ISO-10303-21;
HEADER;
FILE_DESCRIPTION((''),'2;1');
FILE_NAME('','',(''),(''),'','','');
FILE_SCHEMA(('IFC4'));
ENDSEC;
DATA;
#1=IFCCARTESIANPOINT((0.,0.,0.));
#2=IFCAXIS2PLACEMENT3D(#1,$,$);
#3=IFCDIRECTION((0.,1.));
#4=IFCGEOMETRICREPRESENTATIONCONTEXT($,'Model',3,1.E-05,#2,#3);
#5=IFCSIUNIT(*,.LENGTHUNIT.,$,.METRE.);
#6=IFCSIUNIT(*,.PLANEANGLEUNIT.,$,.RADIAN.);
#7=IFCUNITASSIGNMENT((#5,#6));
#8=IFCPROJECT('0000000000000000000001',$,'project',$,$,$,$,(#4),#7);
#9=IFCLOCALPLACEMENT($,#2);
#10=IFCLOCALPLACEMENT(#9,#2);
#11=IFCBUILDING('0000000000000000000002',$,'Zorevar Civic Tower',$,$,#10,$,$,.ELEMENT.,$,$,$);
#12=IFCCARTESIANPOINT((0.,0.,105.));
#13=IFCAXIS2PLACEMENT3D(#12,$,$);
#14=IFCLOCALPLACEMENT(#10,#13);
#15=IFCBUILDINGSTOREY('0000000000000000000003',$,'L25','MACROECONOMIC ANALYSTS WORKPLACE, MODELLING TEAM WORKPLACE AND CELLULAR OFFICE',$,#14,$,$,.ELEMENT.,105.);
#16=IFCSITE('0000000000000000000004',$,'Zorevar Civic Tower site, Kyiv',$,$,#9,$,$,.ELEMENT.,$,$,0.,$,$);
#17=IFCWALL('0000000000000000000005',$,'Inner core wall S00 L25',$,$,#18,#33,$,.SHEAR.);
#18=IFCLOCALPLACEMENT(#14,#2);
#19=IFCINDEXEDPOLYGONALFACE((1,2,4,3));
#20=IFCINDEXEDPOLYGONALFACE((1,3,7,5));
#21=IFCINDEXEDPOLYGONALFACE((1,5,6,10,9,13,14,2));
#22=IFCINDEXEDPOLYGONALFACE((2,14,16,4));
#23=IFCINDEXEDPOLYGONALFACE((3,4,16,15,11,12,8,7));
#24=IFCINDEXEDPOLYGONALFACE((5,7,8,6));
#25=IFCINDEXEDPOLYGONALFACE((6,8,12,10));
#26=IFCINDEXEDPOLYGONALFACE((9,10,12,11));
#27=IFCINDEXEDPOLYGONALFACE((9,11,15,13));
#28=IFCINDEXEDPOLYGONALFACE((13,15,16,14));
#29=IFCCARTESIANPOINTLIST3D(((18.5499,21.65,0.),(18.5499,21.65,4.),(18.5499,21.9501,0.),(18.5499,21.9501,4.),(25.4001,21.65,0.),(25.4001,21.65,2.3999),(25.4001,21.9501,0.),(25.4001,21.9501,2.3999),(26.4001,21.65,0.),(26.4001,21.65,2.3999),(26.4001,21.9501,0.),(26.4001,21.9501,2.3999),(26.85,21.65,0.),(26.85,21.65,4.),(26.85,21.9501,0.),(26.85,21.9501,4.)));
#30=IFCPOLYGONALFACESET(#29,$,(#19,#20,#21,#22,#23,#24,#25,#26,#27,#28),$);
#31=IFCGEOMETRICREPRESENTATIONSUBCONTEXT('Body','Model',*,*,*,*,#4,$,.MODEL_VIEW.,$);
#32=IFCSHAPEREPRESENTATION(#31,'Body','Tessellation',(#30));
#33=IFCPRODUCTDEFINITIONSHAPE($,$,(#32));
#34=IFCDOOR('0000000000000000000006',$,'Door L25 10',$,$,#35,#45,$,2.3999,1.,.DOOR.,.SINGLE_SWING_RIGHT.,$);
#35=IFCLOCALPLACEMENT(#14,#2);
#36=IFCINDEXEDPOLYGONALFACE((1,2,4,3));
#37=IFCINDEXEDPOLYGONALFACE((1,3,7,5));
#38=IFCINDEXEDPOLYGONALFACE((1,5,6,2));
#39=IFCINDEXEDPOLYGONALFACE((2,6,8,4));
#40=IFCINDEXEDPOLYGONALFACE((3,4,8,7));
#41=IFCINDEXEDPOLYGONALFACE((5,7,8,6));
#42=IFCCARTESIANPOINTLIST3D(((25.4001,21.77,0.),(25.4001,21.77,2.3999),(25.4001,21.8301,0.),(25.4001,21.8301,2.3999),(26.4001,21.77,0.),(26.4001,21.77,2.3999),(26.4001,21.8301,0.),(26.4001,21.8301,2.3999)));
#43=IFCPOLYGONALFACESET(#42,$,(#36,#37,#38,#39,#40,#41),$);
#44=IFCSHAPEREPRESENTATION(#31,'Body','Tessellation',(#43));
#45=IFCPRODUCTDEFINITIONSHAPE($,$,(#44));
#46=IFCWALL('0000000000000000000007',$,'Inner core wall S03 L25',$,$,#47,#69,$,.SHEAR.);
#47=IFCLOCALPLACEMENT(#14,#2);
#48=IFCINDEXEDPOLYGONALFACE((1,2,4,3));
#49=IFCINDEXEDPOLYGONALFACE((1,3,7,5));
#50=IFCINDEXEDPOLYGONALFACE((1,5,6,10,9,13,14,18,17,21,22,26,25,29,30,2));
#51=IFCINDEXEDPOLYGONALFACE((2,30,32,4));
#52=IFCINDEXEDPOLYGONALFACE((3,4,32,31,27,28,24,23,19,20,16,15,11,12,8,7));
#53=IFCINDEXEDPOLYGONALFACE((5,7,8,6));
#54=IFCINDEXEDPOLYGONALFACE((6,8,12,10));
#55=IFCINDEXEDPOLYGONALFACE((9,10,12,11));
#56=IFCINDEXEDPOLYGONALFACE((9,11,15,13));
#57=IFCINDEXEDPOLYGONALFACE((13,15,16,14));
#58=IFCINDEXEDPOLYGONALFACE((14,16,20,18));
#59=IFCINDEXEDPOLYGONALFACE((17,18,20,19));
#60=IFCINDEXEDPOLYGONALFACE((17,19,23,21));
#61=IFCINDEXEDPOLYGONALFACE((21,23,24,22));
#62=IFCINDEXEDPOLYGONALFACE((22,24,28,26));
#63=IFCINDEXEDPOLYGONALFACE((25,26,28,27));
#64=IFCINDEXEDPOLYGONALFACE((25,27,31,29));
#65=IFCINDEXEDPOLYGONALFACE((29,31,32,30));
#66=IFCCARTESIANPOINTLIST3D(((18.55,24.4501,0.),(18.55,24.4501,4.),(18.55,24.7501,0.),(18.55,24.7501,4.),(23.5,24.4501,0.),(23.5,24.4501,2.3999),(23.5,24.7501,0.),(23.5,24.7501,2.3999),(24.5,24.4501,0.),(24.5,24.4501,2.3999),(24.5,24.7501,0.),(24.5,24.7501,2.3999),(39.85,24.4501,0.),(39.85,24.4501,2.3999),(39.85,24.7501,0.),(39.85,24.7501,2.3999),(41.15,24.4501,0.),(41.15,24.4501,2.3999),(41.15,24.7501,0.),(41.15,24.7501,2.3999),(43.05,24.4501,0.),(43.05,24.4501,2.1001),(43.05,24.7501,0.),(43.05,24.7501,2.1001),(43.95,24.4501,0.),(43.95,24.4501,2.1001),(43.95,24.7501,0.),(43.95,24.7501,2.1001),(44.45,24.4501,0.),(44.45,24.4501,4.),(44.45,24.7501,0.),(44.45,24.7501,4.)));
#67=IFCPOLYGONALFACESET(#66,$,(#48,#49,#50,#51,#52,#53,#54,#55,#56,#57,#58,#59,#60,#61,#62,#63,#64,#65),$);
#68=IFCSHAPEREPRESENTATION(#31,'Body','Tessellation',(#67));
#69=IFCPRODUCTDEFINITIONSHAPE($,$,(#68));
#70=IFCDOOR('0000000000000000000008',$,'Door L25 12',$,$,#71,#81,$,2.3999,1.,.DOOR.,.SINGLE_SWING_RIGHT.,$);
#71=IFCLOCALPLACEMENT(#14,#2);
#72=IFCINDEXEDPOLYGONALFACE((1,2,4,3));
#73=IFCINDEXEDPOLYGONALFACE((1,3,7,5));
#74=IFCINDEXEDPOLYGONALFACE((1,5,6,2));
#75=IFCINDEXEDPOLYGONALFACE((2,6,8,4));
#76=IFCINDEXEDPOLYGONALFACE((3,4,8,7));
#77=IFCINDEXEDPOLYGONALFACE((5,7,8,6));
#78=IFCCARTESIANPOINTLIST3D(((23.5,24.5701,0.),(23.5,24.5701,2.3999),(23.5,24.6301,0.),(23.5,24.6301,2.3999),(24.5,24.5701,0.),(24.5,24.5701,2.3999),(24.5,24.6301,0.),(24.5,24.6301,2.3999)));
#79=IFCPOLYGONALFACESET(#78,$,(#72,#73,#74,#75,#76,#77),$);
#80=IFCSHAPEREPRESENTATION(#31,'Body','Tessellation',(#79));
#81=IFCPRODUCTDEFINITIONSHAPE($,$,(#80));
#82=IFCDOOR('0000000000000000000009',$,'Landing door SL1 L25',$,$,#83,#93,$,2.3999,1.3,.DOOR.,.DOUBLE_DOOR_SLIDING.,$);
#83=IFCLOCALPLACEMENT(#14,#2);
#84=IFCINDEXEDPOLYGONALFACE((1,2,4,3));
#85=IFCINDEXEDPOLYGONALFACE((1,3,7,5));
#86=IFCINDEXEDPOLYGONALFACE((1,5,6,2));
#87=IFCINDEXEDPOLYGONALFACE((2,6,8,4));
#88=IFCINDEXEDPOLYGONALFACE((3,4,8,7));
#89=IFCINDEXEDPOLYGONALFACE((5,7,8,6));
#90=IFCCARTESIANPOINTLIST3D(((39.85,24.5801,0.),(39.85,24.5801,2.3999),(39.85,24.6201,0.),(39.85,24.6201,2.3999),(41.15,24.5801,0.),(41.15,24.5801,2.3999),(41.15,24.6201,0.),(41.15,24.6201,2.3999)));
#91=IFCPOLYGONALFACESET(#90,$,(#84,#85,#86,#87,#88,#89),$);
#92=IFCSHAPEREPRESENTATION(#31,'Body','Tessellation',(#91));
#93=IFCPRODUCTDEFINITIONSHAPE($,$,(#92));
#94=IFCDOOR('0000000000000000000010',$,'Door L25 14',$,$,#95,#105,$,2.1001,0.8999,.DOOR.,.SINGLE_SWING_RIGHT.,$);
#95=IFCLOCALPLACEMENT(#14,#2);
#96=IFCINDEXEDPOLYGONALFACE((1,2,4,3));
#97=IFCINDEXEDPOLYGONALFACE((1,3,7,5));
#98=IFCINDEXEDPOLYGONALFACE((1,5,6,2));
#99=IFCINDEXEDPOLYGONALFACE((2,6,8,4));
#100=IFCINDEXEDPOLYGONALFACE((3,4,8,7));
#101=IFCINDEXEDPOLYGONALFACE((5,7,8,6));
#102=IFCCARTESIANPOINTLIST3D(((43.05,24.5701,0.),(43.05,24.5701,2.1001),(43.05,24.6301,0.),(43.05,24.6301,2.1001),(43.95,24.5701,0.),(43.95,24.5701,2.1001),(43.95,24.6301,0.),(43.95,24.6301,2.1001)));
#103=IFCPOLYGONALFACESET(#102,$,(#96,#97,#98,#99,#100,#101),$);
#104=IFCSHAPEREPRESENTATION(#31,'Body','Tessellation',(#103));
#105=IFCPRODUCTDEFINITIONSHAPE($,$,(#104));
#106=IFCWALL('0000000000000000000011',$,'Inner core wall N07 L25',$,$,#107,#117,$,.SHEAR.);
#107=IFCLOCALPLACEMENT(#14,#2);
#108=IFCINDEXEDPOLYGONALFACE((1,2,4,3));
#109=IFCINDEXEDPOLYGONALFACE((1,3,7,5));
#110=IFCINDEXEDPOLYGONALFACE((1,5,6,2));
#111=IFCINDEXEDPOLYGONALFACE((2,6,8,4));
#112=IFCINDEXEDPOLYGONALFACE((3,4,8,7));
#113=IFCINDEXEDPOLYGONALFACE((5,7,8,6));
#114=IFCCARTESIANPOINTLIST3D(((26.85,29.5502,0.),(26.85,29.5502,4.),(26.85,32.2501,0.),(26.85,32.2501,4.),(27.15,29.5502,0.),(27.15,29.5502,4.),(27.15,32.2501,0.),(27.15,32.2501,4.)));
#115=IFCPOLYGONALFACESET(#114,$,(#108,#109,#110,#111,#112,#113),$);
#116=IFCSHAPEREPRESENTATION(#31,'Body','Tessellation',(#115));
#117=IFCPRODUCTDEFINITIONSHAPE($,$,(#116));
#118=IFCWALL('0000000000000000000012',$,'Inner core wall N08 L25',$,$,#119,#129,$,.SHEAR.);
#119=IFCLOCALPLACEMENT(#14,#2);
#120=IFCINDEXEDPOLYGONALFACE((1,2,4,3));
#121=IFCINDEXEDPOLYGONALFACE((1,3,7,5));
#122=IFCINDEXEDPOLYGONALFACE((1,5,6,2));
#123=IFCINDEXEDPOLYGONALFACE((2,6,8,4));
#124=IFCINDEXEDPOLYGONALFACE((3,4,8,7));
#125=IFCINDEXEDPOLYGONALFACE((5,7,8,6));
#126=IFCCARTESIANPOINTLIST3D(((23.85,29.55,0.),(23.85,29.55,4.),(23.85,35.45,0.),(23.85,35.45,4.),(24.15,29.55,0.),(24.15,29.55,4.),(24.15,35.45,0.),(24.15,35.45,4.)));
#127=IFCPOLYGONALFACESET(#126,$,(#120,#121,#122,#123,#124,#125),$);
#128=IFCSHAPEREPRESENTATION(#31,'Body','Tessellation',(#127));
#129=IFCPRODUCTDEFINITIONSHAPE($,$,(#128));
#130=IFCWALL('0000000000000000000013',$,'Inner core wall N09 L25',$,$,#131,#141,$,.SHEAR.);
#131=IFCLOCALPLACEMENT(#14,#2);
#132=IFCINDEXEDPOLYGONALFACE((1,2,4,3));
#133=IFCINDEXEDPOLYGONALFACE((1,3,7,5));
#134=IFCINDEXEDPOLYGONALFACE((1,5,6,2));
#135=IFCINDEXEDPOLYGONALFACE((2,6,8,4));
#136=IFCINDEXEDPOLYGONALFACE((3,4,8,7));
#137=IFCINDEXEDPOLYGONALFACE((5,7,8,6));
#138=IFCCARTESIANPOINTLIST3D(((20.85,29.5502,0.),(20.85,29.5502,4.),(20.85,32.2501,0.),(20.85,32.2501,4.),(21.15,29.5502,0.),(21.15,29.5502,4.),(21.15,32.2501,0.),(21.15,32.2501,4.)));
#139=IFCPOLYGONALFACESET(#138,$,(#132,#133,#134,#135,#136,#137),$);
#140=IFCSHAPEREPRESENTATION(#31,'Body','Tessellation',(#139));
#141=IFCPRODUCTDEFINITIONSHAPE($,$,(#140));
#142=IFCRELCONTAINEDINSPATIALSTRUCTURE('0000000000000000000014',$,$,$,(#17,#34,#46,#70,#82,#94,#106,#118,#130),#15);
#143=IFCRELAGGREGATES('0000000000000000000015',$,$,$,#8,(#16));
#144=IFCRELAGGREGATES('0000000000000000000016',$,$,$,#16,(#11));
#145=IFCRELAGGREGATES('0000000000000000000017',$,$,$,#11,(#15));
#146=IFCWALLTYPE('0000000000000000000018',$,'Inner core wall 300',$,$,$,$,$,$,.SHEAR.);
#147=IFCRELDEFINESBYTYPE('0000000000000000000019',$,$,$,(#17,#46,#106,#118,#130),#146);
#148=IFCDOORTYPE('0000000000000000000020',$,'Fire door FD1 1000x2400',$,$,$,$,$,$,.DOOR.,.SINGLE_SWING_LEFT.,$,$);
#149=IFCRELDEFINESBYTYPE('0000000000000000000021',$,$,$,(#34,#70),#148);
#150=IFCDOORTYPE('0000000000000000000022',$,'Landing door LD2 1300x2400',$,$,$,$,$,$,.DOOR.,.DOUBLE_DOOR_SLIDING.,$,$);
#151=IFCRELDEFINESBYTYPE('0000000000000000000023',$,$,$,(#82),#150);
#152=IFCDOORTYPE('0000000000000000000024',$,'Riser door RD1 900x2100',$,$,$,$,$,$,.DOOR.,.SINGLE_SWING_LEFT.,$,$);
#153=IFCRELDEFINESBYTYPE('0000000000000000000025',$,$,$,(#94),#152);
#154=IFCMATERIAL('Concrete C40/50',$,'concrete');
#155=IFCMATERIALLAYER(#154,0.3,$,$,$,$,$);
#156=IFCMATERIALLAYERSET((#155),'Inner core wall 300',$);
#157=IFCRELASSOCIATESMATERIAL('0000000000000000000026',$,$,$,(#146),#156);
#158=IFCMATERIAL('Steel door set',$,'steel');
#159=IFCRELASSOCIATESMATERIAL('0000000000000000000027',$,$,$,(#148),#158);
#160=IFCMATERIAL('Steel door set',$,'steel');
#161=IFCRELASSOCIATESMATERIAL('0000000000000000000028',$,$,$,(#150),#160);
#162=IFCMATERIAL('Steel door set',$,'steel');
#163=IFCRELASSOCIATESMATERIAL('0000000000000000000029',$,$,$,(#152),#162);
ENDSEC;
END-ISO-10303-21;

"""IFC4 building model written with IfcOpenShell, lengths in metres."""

from ifc_helpers import new_model, si_unit, direction, frame, frame_2d, origin, place, context, subcontext, project, spatial, rectangle, extrude, material, layer, layer_set, type_object, element, fill, save


model = new_model("IFC4")

# Units and contexts
model_context = context("Model", 3, precision=1e-05, world=origin(), true_north=direction((0.0, 1.0)))
body_context = subcontext(model_context, "Body", "Model", "MODEL_VIEW")
ifc_project = project(units=[si_unit("LENGTHUNIT", "METRE"), si_unit("PLANEANGLEUNIT", "RADIAN")], contexts=[model_context])

# Site, building, storey
site_placement = place(None, origin())
site = spatial("IfcSite", under=ifc_project, at=site_placement, Name="Zorevar Civic Tower site, Kyiv", CompositionType="ELEMENT", RefElevation=0.0)
building_placement = place(site_placement, origin())
building = spatial("IfcBuilding", under=site, at=building_placement, Name="Zorevar Civic Tower", CompositionType="ELEMENT")
storey_placement = place(building_placement, frame((0.0, 0.0, 105.0)))
storey = spatial("IfcBuildingStorey", under=building, at=storey_placement, Name="L25", Description="MACROECONOMIC ANALYSTS WORKPLACE, MODELLING TEAM WORKPLACE AND CELLULAR OFFICE", CompositionType="ELEMENT", Elevation=105.0)

# Wall, opening, door
ifc_material_1 = material(Name="Concrete C40/50", Category="concrete")
ifc_layer = layer(ifc_material_1, 0.3)
ifc_layer_set = layer_set([ifc_layer], Name="Inner core wall 300")
wall_type = type_object("IfcWallType", Name="Inner core wall 300", PredefinedType="SHEAR", material=ifc_layer_set)
wall_1_placement = place(storey_placement, frame((18.55, 21.8, 0.0), z_axis=(0.0, 0.0, 1.0), x_axis=(1.0, 0.0, 0.0)))
wall_1 = element("IfcWall", 1, at=wall_1_placement, inside=storey, type_object=wall_type, Name="Inner core wall S00 L25", PredefinedType="SHEAR", context=body_context, shape_type="SweptSolid", body=[
    extrude(rectangle(XDim=8.3, YDim=0.3, at=frame_2d((4.1499, 0.0))), origin(), (0.0, 0.0, 1.0), 4.0),
])
opening_1_placement = place(wall_1_placement, frame((6.8501, 0.0, 0.0)))
opening_1 = element("IfcOpeningElement", 2, at=opening_1_placement, cuts=wall_1, PredefinedType="OPENING", context=body_context, shape_type="SweptSolid", body=[
    extrude(rectangle(XDim=1.0, YDim=2.3999, at=frame_2d((0.5, 1.2))), frame((0.0, 0.1599, 0.0), z_axis=(0.0, -1.0, 0.0), x_axis=(1.0, 0.0, 0.0)), (0.0, 0.0, 1.0), 0.3201),
])
ifc_material_2 = material(Name="Steel door set", Category="steel")
door_type_1 = type_object("IfcDoorType", Name="Fire door FD1 1000x2400", OperationType="SINGLE_SWING_LEFT", PredefinedType="DOOR", material=ifc_material_2)
door_1_placement = place(opening_1_placement, origin())
door_1 = element("IfcDoor", 3, at=door_1_placement, inside=storey, type_object=door_type_1, Name="Door L25 10", OperationType="SINGLE_SWING_RIGHT", OverallHeight=2.3999, OverallWidth=1.0, PredefinedType="DOOR", context=body_context, shape_type="SweptSolid", body=[
    extrude(rectangle(XDim=1.0, YDim=2.3999, at=frame_2d((0.5, 1.2))), frame((0.0, 0.03, 0.0), z_axis=(0.0, -1.0, 0.0), x_axis=(1.0, 0.0, 0.0)), (0.0, 0.0, 1.0), 0.0601),
])
fill(opening_1, door_1)

# Wall, openings, doors
wall_2_placement = place(storey_placement, frame((18.55, 24.6001, 0.0), z_axis=(0.0, 0.0, 1.0), x_axis=(1.0, 0.0, 0.0)))
wall_2 = element("IfcWall", 4, at=wall_2_placement, inside=storey, type_object=wall_type, Name="Inner core wall S03 L25", PredefinedType="SHEAR", context=body_context, shape_type="SweptSolid", body=[
    extrude(rectangle(XDim=25.8999, YDim=0.3, at=frame_2d((12.95, 0.0))), origin(), (0.0, 0.0, 1.0), 4.0),
])
opening_2_placement = place(wall_2_placement, frame((4.95, 0.0, 0.0)))
opening_2 = element("IfcOpeningElement", 5, at=opening_2_placement, cuts=wall_2, PredefinedType="OPENING", context=body_context, shape_type="SweptSolid", body=[
    extrude(rectangle(XDim=1.0, YDim=2.3999, at=frame_2d((0.5, 1.2))), frame((0.0, 0.1599, 0.0), z_axis=(0.0, -1.0, 0.0), x_axis=(1.0, 0.0, 0.0)), (0.0, 0.0, 1.0), 0.3201),
])
opening_3_placement = place(wall_2_placement, frame((24.5, 0.0, 0.0)))
opening_3 = element("IfcOpeningElement", 6, at=opening_3_placement, cuts=wall_2, PredefinedType="OPENING", context=body_context, shape_type="SweptSolid", body=[
    extrude(rectangle(XDim=0.8999, YDim=2.1001, at=frame_2d((0.45, 1.05))), frame((0.0, 0.1599, 0.0), z_axis=(0.0, -1.0, 0.0), x_axis=(1.0, 0.0, 0.0)), (0.0, 0.0, 1.0), 0.3201),
])
opening_4_placement = place(wall_2_placement, frame((21.3, 0.0, 0.0)))
opening_4 = element("IfcOpeningElement", 7, at=opening_4_placement, cuts=wall_2, PredefinedType="OPENING", context=body_context, shape_type="SweptSolid", body=[
    extrude(rectangle(XDim=1.3, YDim=2.3999, at=frame_2d((0.6499, 1.2))), frame((0.0, 0.1599, 0.0), z_axis=(0.0, -1.0, 0.0), x_axis=(1.0, 0.0, 0.0)), (0.0, 0.0, 1.0), 0.3201),
])
door_2_placement = place(opening_2_placement, origin())
door_2 = element("IfcDoor", 8, at=door_2_placement, inside=storey, type_object=door_type_1, Name="Door L25 12", OperationType="SINGLE_SWING_RIGHT", OverallHeight=2.3999, OverallWidth=1.0, PredefinedType="DOOR", context=body_context, shape_type="SweptSolid", body=[
    extrude(rectangle(XDim=1.0, YDim=2.3999, at=frame_2d((0.5, 1.2))), frame((0.0, 0.03, 0.0), z_axis=(0.0, -1.0, 0.0), x_axis=(1.0, 0.0, 0.0)), (0.0, 0.0, 1.0), 0.0601),
])
fill(opening_2, door_2)
ifc_material_3 = material(Name="Steel door set", Category="steel")
door_type_2 = type_object("IfcDoorType", Name="Landing door LD2 1300x2400", OperationType="DOUBLE_DOOR_SLIDING", PredefinedType="DOOR", material=ifc_material_3)
door_3_placement = place(opening_4_placement, origin())
door_3 = element("IfcDoor", 9, at=door_3_placement, inside=storey, type_object=door_type_2, Name="Landing door SL1 L25", OperationType="DOUBLE_DOOR_SLIDING", OverallHeight=2.3999, OverallWidth=1.3, PredefinedType="DOOR", context=body_context, shape_type="SweptSolid", body=[
    extrude(rectangle(XDim=1.3, YDim=2.3999, at=frame_2d((0.6499, 1.2))), frame((0.0, 0.02, 0.0), z_axis=(0.0, -1.0, 0.0), x_axis=(1.0, 0.0, 0.0)), (0.0, 0.0, 1.0), 0.04),
])
fill(opening_4, door_3)
ifc_material_4 = material(Name="Steel door set", Category="steel")
door_type_3 = type_object("IfcDoorType", Name="Riser door RD1 900x2100", OperationType="SINGLE_SWING_LEFT", PredefinedType="DOOR", material=ifc_material_4)
door_4_placement = place(opening_3_placement, origin())
door_4 = element("IfcDoor", 10, at=door_4_placement, inside=storey, type_object=door_type_3, Name="Door L25 14", OperationType="SINGLE_SWING_RIGHT", OverallHeight=2.1001, OverallWidth=0.8999, PredefinedType="DOOR", context=body_context, shape_type="SweptSolid", body=[
    extrude(rectangle(XDim=0.8999, YDim=2.1001, at=frame_2d((0.45, 1.05))), frame((0.0, 0.03, 0.0), z_axis=(0.0, -1.0, 0.0), x_axis=(1.0, 0.0, 0.0)), (0.0, 0.0, 1.0), 0.0601),
])
fill(opening_3, door_4)

# Walls
wall_3_placement = place(storey_placement, frame((27.0, 29.55, 0.0), z_axis=(0.0, 0.0, 1.0), x_axis=(0.0, 1.0, 0.0)))
element("IfcWall", 11, at=wall_3_placement, inside=storey, type_object=wall_type, Name="Inner core wall N07 L25", PredefinedType="SHEAR", context=body_context, shape_type="SweptSolid", body=[
    extrude(rectangle(XDim=2.7, YDim=0.3, at=frame_2d((1.3501, 0.0))), origin(), (0.0, 0.0, 1.0), 4.0),
])
wall_4_placement = place(storey_placement, frame((24.0, 29.55, 0.0), z_axis=(0.0, 0.0, 1.0), x_axis=(0.0, 1.0, 0.0)))
element("IfcWall", 12, at=wall_4_placement, inside=storey, type_object=wall_type, Name="Inner core wall N08 L25", PredefinedType="SHEAR", context=body_context, shape_type="SweptSolid", body=[
    extrude(rectangle(XDim=5.8999, YDim=0.3, at=frame_2d((2.95, 0.0))), origin(), (0.0, 0.0, 1.0), 4.0),
])
wall_5_placement = place(storey_placement, frame((21.0, 29.55, 0.0), z_axis=(0.0, 0.0, 1.0), x_axis=(0.0, 1.0, 0.0)))
element("IfcWall", 13, at=wall_5_placement, inside=storey, type_object=wall_type, Name="Inner core wall N09 L25", PredefinedType="SHEAR", context=body_context, shape_type="SweptSolid", body=[
    extrude(rectangle(XDim=2.7, YDim=0.3, at=frame_2d((1.3501, 0.0))), origin(), (0.0, 0.0, 1.0), 4.0),
])

save(model, "model.ifc")
